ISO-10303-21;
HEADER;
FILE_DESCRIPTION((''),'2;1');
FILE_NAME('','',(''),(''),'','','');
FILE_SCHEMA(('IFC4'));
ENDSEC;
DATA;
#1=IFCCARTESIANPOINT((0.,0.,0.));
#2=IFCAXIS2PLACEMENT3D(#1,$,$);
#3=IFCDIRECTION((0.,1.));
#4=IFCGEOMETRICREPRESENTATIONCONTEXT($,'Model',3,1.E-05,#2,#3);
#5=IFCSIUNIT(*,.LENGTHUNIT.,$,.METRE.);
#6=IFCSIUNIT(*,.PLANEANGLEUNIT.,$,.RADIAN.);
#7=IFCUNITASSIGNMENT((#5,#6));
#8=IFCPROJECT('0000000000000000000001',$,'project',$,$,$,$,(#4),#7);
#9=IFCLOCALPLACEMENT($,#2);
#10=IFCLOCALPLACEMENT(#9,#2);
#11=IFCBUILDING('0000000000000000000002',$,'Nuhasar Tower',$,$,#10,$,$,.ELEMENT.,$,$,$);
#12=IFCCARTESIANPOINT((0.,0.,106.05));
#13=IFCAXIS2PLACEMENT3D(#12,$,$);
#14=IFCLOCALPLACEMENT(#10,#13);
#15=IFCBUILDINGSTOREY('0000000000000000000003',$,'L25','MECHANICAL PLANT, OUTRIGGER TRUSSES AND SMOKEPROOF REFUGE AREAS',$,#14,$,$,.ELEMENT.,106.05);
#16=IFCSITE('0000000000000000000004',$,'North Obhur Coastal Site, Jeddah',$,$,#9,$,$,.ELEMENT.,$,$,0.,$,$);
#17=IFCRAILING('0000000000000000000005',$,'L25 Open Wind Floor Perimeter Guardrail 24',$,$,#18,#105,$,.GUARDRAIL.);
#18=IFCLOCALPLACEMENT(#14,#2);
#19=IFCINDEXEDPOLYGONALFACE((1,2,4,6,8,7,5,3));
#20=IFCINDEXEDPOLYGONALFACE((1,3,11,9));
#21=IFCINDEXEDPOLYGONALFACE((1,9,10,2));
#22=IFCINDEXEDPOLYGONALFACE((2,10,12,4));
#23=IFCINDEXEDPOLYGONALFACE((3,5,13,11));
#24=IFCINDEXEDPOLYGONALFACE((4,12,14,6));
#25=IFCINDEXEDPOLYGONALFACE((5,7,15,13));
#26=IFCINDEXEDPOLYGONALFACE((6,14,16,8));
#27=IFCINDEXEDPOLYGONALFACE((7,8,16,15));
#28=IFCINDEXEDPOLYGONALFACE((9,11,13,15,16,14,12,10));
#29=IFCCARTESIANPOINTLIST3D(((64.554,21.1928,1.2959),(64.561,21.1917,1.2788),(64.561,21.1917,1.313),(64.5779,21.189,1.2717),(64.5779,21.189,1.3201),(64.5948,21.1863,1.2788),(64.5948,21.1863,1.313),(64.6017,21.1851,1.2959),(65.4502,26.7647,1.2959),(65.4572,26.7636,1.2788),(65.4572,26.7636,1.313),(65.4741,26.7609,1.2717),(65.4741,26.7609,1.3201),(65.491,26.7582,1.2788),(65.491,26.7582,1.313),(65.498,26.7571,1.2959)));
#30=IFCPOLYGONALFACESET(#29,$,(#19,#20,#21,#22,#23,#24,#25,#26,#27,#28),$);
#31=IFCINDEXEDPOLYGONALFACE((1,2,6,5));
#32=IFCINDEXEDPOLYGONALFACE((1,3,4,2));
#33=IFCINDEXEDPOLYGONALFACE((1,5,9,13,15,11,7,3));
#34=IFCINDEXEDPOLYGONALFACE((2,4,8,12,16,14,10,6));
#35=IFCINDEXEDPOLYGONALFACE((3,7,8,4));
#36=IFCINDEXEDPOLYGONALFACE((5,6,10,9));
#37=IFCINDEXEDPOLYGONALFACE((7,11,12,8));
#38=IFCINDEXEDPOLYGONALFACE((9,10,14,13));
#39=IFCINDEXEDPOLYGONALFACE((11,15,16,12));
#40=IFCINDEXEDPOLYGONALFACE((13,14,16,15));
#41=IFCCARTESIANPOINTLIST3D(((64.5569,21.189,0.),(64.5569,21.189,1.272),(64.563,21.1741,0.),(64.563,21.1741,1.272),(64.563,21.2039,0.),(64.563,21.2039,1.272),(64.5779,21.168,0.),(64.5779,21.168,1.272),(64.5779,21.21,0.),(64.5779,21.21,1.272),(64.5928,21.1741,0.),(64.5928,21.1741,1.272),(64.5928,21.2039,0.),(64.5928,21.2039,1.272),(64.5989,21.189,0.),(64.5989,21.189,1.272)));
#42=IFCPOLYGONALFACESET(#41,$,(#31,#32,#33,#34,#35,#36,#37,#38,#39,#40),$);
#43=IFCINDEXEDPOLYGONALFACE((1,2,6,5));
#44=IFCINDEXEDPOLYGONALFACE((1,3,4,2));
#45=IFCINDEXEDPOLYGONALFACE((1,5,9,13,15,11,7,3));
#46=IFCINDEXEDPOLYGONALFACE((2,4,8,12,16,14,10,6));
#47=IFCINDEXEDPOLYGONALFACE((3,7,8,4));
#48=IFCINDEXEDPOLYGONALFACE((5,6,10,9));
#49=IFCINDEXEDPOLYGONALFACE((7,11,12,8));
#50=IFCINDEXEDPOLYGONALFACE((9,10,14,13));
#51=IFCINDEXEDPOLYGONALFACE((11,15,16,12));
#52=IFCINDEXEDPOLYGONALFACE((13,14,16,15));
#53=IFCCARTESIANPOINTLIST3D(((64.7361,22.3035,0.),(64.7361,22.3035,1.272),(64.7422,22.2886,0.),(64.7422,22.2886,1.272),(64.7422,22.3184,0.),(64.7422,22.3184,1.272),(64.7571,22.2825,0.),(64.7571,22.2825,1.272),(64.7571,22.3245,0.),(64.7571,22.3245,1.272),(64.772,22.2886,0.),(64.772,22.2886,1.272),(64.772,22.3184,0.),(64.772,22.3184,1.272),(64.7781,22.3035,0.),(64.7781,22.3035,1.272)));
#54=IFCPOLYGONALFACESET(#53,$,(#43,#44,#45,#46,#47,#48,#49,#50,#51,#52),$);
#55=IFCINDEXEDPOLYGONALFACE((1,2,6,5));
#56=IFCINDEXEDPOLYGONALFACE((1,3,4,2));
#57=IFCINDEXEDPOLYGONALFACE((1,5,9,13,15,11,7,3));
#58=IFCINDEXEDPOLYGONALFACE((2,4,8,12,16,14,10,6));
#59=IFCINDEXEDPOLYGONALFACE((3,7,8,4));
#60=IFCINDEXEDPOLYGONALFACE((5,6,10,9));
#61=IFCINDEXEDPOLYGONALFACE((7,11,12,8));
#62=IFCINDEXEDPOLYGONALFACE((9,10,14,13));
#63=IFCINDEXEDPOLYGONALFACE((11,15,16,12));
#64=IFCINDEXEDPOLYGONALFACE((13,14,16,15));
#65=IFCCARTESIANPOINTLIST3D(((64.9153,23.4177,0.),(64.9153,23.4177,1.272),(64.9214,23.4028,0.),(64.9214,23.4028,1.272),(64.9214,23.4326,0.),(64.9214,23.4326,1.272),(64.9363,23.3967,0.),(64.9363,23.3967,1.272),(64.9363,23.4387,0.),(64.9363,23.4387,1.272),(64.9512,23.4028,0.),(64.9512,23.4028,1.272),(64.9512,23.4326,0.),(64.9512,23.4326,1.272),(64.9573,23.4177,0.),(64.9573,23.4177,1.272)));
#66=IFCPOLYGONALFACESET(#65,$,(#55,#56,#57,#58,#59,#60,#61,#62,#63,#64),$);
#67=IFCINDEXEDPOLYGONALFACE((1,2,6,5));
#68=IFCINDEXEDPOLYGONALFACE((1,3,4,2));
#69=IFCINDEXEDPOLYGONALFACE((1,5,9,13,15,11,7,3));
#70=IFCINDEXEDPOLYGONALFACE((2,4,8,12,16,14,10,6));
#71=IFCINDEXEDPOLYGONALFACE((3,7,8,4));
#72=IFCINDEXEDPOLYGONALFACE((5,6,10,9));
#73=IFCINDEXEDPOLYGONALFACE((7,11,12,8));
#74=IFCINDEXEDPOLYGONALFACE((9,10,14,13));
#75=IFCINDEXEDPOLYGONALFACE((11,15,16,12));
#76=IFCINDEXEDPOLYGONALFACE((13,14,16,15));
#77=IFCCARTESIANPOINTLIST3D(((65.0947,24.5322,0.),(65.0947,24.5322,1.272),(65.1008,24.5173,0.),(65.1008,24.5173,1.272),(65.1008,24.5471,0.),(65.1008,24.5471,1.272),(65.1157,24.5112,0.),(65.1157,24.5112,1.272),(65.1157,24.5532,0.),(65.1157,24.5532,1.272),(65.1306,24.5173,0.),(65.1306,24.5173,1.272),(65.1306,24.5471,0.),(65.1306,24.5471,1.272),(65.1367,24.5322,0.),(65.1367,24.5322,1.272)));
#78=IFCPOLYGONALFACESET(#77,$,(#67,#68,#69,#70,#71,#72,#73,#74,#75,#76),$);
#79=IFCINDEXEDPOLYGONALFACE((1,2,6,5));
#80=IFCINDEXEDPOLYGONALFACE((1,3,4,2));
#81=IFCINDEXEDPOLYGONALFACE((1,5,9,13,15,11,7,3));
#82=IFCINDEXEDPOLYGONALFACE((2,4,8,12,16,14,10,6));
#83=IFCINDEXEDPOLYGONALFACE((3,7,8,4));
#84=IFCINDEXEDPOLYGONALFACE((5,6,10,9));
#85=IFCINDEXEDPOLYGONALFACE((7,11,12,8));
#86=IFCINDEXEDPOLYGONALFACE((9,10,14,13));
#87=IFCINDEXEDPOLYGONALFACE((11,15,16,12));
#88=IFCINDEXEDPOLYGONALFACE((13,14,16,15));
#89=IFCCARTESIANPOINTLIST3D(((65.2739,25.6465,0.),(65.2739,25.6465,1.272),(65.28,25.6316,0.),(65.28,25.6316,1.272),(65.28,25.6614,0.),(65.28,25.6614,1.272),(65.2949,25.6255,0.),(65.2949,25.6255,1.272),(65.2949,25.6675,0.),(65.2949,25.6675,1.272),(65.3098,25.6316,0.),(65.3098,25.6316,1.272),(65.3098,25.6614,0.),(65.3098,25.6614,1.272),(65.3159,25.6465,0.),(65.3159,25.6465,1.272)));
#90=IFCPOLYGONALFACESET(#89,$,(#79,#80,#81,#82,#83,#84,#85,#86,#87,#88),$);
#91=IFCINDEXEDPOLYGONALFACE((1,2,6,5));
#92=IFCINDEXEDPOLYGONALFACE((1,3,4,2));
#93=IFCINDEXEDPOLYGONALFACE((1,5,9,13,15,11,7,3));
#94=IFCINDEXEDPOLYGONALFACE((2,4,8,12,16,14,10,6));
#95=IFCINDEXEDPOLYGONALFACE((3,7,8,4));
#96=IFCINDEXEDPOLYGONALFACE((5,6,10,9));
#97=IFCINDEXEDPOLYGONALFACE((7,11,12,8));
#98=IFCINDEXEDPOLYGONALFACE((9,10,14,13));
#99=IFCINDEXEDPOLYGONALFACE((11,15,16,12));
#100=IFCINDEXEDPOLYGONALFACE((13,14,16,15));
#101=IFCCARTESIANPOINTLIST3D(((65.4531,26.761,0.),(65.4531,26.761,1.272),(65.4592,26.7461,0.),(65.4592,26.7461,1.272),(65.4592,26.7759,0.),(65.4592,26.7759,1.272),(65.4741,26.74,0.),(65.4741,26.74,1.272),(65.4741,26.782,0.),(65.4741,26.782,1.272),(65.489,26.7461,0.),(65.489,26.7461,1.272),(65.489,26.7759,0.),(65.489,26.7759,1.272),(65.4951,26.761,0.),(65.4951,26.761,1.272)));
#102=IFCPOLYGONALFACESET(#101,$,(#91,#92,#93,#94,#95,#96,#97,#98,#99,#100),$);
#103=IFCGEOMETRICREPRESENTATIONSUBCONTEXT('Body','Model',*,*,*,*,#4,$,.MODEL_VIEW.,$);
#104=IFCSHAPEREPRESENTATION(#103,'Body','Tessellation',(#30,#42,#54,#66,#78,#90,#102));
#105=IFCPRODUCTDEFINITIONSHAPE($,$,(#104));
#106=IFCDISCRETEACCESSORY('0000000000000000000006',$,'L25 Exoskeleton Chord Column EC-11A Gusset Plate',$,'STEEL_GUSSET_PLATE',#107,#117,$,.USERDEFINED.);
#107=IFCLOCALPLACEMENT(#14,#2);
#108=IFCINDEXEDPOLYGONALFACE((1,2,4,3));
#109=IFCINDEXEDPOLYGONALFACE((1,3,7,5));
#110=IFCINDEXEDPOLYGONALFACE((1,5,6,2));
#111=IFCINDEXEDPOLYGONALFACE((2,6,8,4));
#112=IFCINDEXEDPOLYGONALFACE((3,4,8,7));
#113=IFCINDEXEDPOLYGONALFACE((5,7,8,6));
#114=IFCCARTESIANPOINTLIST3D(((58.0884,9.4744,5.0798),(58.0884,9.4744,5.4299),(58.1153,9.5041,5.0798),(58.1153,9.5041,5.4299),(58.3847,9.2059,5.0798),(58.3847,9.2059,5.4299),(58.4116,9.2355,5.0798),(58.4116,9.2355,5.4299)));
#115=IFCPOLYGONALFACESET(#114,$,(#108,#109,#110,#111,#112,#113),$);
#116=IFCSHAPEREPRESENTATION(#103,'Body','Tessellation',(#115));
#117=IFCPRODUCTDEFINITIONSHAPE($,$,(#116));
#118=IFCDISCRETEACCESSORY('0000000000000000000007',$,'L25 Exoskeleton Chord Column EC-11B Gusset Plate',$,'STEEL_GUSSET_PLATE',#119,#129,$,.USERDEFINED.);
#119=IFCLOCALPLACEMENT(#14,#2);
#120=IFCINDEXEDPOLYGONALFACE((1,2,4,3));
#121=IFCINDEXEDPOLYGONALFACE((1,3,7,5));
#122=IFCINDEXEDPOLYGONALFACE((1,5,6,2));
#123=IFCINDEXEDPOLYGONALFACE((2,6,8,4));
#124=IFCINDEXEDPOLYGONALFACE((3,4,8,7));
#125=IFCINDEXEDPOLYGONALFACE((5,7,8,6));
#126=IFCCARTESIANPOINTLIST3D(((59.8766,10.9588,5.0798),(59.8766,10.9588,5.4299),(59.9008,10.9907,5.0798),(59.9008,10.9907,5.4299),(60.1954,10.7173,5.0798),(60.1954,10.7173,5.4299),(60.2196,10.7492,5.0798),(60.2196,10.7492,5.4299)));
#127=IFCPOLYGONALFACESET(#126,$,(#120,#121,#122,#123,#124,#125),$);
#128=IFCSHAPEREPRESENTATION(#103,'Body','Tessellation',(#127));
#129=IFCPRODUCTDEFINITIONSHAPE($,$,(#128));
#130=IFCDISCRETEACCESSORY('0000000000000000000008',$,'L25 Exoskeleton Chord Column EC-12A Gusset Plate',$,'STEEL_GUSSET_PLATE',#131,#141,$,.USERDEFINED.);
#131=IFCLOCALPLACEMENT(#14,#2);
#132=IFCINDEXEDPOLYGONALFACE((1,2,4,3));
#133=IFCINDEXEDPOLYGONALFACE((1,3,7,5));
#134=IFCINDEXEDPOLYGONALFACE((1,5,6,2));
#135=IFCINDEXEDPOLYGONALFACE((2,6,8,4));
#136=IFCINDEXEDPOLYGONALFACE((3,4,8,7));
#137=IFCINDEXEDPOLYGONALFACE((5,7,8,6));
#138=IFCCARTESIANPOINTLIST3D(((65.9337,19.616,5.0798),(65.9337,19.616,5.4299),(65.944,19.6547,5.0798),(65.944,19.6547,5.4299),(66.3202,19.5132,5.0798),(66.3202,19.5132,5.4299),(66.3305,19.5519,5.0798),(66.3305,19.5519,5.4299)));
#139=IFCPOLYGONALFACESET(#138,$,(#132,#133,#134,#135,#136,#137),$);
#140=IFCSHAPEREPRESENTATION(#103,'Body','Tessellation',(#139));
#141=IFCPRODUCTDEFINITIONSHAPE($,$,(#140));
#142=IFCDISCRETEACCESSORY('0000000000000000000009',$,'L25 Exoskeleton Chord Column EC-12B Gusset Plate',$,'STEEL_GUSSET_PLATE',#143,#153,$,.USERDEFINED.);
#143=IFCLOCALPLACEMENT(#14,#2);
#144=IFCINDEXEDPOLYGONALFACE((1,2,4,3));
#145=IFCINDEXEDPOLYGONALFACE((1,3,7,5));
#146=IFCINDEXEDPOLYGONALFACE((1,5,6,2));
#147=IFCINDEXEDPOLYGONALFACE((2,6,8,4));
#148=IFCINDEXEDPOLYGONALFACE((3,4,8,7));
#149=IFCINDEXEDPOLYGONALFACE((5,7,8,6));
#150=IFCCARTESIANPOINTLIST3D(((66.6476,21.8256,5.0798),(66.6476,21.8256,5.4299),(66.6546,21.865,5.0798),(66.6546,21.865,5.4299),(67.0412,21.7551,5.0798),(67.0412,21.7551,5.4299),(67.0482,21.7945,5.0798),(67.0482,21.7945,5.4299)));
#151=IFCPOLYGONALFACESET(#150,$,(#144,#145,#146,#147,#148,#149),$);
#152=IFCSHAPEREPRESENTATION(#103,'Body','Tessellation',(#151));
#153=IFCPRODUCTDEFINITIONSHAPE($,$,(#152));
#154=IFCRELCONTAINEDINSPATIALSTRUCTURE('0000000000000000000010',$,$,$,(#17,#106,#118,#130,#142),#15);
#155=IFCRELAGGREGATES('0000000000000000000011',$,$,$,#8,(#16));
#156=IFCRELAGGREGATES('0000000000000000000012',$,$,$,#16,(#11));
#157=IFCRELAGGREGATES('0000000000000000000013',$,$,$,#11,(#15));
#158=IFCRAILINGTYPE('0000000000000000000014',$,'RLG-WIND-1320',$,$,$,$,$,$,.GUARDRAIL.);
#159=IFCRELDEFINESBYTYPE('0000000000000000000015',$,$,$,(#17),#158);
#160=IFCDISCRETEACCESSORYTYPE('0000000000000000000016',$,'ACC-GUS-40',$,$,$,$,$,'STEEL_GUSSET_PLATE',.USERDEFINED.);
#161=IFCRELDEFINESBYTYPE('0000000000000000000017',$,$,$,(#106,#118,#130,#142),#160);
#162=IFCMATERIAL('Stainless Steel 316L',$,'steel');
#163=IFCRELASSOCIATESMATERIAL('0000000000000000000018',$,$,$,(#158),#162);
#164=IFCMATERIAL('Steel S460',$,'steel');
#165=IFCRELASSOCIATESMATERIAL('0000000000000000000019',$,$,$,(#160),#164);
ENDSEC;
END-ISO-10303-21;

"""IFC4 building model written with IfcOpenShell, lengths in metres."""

from ifc_helpers import new_model, si_unit, direction, frame, origin, origin_2d, place, context, subcontext, project, spatial, polyline, rectangle, outline, extrude, material, type_object, element, save


model = new_model("IFC4")

# Units and contexts
model_context = context("Model", 3, precision=1e-05, world=origin(), true_north=direction((0.0, 1.0)))
body_context = subcontext(model_context, "Body", "Model", "MODEL_VIEW")
ifc_project = project(units=[si_unit("LENGTHUNIT", "METRE"), si_unit("PLANEANGLEUNIT", "RADIAN")], contexts=[model_context])

# Site, building, storey
site_placement = place(None, origin())
site = spatial("IfcSite", under=ifc_project, at=site_placement, Name="North Obhur Coastal Site, Jeddah", CompositionType="ELEMENT", RefElevation=0.0)
building_placement = place(site_placement, origin())
building = spatial("IfcBuilding", under=site, at=building_placement, Name="Nuhasar Tower", CompositionType="ELEMENT")
storey_placement = place(building_placement, frame((0.0, 0.0, 106.05)))
storey = spatial("IfcBuildingStorey", under=building, at=storey_placement, Name="L25", Description="MECHANICAL PLANT, OUTRIGGER TRUSSES AND SMOKEPROOF REFUGE AREAS", CompositionType="ELEMENT", Elevation=106.05)

# Shared definitions
ifc_material_1 = material(Name="Steel S460", Category="steel")

# Railing
ifc_material_2 = material(Name="Stainless Steel 316L", Category="steel")
railing_type = type_object("IfcRailingType", Name="RLG-WIND-1320", PredefinedType="GUARDRAIL", material=ifc_material_2)
railing_1_placement = place(storey_placement, frame((64.5779, 21.189, 0.0)))
element("IfcRailing", 1, at=railing_1_placement, inside=storey, type_object=railing_type, Name="L25 Open Wind Floor Perimeter Guardrail 24", PredefinedType="GUARDRAIL", context=body_context, shape_type="SweptSolid", body=[
    extrude(outline(polyline([(0.0242, 0.0), (0.0171, 0.0171), (0.0, 0.0242), (-0.0171, 0.0171), (-0.0242, 0.0), (-0.0171, -0.0171), (0.0, -0.0242), (0.0171, -0.0171), (0.0242, 0.0)])), frame((0.0, 0.0, 1.2959), z_axis=(0.158805, 0.98731, 0.0), x_axis=(-0.98731, 0.158805, 0.0)), (0.0, 0.0, 1.0), 5.6436),
    extrude(outline(polyline([(0.021, 0.0), (0.0149, 0.0149), (0.0, 0.021), (-0.0149, 0.0149), (-0.021, 0.0), (-0.0149, -0.0149), (0.0, -0.021), (0.0149, -0.0149), (0.021, 0.0)])), origin(), (0.0, 0.0, 1.0), 1.272),
    extrude(outline(polyline([(0.021, 0.0), (0.0149, 0.0149), (0.0, 0.021), (-0.0149, 0.0149), (-0.021, 0.0), (-0.0149, -0.0149), (0.0, -0.021), (0.0149, -0.0149), (0.021, 0.0)])), frame((0.1792, 1.1145, 0.0)), (0.0, 0.0, 1.0), 1.272),
    extrude(outline(polyline([(0.021, 0.0), (0.0149, 0.0149), (0.0, 0.021), (-0.0149, 0.0149), (-0.021, 0.0), (-0.0149, -0.0149), (0.0, -0.021), (0.0149, -0.0149), (0.021, 0.0)])), frame((0.3584, 2.2288, 0.0)), (0.0, 0.0, 1.0), 1.272),
    extrude(outline(polyline([(0.021, 0.0), (0.0149, 0.0149), (0.0, 0.021), (-0.0149, 0.0149), (-0.021, 0.0), (-0.0149, -0.0149), (0.0, -0.021), (0.0149, -0.0149), (0.021, 0.0)])), frame((0.5378, 3.3433, 0.0)), (0.0, 0.0, 1.0), 1.272),
    extrude(outline(polyline([(0.021, 0.0), (0.0149, 0.0149), (0.0, 0.021), (-0.0149, 0.0149), (-0.021, 0.0), (-0.0149, -0.0149), (0.0, -0.021), (0.0149, -0.0149), (0.021, 0.0)])), frame((0.717, 4.4575, 0.0)), (0.0, 0.0, 1.0), 1.272),
    extrude(outline(polyline([(0.021, 0.0), (0.0149, 0.0149), (0.0, 0.021), (-0.0149, 0.0149), (-0.021, 0.0), (-0.0149, -0.0149), (0.0, -0.021), (0.0149, -0.0149), (0.021, 0.0)])), frame((0.8962, 5.572, 0.0)), (0.0, 0.0, 1.0), 1.272),
])

# Discrete accessories
discrete_accessory_type = type_object("IfcDiscreteAccessoryType", Name="ACC-GUS-40", ElementType="STEEL_GUSSET_PLATE", PredefinedType="USERDEFINED", material=ifc_material_1)
for number, where, z_axis, x_axis, name in (
    (2, (58.25, 9.355, 5.0798), (0.0, 0.0, 1.0), (0.741004, -0.671501, 0.0), "L25 Exoskeleton Chord Column EC-11A Gusset Plate"),
    (3, (60.0481, 10.854, 5.0798), (0.0, 0.0, 1.0), (0.797078, -0.603876, 0.0), "L25 Exoskeleton Chord Column EC-11B Gusset Plate"),
    (4, (66.1321, 19.584, 5.0798), (0.0, 0.0, 1.0), (0.966403, -0.257032, 0.0), "L25 Exoskeleton Chord Column EC-12A Gusset Plate"),
    (5, (66.8479, 21.8101, 5.0798), (0.0, 0.0, 1.0), (0.984322, -0.17638, 0.0), "L25 Exoskeleton Chord Column EC-12B Gusset Plate"),
):
    element("IfcDiscreteAccessory", number, at=place(storey_placement, frame(where, z_axis=z_axis, x_axis=x_axis)), inside=storey, type_object=discrete_accessory_type, Name=name, ObjectType="STEEL_GUSSET_PLATE", PredefinedType="USERDEFINED", context=body_context, shape_type="SweptSolid", body=[
        extrude(rectangle(XDim=0.3999, YDim=0.04, at=origin_2d()), origin(), (0.0, 0.0, 1.0), 0.3501),
    ])

save(model, "model.ifc")
